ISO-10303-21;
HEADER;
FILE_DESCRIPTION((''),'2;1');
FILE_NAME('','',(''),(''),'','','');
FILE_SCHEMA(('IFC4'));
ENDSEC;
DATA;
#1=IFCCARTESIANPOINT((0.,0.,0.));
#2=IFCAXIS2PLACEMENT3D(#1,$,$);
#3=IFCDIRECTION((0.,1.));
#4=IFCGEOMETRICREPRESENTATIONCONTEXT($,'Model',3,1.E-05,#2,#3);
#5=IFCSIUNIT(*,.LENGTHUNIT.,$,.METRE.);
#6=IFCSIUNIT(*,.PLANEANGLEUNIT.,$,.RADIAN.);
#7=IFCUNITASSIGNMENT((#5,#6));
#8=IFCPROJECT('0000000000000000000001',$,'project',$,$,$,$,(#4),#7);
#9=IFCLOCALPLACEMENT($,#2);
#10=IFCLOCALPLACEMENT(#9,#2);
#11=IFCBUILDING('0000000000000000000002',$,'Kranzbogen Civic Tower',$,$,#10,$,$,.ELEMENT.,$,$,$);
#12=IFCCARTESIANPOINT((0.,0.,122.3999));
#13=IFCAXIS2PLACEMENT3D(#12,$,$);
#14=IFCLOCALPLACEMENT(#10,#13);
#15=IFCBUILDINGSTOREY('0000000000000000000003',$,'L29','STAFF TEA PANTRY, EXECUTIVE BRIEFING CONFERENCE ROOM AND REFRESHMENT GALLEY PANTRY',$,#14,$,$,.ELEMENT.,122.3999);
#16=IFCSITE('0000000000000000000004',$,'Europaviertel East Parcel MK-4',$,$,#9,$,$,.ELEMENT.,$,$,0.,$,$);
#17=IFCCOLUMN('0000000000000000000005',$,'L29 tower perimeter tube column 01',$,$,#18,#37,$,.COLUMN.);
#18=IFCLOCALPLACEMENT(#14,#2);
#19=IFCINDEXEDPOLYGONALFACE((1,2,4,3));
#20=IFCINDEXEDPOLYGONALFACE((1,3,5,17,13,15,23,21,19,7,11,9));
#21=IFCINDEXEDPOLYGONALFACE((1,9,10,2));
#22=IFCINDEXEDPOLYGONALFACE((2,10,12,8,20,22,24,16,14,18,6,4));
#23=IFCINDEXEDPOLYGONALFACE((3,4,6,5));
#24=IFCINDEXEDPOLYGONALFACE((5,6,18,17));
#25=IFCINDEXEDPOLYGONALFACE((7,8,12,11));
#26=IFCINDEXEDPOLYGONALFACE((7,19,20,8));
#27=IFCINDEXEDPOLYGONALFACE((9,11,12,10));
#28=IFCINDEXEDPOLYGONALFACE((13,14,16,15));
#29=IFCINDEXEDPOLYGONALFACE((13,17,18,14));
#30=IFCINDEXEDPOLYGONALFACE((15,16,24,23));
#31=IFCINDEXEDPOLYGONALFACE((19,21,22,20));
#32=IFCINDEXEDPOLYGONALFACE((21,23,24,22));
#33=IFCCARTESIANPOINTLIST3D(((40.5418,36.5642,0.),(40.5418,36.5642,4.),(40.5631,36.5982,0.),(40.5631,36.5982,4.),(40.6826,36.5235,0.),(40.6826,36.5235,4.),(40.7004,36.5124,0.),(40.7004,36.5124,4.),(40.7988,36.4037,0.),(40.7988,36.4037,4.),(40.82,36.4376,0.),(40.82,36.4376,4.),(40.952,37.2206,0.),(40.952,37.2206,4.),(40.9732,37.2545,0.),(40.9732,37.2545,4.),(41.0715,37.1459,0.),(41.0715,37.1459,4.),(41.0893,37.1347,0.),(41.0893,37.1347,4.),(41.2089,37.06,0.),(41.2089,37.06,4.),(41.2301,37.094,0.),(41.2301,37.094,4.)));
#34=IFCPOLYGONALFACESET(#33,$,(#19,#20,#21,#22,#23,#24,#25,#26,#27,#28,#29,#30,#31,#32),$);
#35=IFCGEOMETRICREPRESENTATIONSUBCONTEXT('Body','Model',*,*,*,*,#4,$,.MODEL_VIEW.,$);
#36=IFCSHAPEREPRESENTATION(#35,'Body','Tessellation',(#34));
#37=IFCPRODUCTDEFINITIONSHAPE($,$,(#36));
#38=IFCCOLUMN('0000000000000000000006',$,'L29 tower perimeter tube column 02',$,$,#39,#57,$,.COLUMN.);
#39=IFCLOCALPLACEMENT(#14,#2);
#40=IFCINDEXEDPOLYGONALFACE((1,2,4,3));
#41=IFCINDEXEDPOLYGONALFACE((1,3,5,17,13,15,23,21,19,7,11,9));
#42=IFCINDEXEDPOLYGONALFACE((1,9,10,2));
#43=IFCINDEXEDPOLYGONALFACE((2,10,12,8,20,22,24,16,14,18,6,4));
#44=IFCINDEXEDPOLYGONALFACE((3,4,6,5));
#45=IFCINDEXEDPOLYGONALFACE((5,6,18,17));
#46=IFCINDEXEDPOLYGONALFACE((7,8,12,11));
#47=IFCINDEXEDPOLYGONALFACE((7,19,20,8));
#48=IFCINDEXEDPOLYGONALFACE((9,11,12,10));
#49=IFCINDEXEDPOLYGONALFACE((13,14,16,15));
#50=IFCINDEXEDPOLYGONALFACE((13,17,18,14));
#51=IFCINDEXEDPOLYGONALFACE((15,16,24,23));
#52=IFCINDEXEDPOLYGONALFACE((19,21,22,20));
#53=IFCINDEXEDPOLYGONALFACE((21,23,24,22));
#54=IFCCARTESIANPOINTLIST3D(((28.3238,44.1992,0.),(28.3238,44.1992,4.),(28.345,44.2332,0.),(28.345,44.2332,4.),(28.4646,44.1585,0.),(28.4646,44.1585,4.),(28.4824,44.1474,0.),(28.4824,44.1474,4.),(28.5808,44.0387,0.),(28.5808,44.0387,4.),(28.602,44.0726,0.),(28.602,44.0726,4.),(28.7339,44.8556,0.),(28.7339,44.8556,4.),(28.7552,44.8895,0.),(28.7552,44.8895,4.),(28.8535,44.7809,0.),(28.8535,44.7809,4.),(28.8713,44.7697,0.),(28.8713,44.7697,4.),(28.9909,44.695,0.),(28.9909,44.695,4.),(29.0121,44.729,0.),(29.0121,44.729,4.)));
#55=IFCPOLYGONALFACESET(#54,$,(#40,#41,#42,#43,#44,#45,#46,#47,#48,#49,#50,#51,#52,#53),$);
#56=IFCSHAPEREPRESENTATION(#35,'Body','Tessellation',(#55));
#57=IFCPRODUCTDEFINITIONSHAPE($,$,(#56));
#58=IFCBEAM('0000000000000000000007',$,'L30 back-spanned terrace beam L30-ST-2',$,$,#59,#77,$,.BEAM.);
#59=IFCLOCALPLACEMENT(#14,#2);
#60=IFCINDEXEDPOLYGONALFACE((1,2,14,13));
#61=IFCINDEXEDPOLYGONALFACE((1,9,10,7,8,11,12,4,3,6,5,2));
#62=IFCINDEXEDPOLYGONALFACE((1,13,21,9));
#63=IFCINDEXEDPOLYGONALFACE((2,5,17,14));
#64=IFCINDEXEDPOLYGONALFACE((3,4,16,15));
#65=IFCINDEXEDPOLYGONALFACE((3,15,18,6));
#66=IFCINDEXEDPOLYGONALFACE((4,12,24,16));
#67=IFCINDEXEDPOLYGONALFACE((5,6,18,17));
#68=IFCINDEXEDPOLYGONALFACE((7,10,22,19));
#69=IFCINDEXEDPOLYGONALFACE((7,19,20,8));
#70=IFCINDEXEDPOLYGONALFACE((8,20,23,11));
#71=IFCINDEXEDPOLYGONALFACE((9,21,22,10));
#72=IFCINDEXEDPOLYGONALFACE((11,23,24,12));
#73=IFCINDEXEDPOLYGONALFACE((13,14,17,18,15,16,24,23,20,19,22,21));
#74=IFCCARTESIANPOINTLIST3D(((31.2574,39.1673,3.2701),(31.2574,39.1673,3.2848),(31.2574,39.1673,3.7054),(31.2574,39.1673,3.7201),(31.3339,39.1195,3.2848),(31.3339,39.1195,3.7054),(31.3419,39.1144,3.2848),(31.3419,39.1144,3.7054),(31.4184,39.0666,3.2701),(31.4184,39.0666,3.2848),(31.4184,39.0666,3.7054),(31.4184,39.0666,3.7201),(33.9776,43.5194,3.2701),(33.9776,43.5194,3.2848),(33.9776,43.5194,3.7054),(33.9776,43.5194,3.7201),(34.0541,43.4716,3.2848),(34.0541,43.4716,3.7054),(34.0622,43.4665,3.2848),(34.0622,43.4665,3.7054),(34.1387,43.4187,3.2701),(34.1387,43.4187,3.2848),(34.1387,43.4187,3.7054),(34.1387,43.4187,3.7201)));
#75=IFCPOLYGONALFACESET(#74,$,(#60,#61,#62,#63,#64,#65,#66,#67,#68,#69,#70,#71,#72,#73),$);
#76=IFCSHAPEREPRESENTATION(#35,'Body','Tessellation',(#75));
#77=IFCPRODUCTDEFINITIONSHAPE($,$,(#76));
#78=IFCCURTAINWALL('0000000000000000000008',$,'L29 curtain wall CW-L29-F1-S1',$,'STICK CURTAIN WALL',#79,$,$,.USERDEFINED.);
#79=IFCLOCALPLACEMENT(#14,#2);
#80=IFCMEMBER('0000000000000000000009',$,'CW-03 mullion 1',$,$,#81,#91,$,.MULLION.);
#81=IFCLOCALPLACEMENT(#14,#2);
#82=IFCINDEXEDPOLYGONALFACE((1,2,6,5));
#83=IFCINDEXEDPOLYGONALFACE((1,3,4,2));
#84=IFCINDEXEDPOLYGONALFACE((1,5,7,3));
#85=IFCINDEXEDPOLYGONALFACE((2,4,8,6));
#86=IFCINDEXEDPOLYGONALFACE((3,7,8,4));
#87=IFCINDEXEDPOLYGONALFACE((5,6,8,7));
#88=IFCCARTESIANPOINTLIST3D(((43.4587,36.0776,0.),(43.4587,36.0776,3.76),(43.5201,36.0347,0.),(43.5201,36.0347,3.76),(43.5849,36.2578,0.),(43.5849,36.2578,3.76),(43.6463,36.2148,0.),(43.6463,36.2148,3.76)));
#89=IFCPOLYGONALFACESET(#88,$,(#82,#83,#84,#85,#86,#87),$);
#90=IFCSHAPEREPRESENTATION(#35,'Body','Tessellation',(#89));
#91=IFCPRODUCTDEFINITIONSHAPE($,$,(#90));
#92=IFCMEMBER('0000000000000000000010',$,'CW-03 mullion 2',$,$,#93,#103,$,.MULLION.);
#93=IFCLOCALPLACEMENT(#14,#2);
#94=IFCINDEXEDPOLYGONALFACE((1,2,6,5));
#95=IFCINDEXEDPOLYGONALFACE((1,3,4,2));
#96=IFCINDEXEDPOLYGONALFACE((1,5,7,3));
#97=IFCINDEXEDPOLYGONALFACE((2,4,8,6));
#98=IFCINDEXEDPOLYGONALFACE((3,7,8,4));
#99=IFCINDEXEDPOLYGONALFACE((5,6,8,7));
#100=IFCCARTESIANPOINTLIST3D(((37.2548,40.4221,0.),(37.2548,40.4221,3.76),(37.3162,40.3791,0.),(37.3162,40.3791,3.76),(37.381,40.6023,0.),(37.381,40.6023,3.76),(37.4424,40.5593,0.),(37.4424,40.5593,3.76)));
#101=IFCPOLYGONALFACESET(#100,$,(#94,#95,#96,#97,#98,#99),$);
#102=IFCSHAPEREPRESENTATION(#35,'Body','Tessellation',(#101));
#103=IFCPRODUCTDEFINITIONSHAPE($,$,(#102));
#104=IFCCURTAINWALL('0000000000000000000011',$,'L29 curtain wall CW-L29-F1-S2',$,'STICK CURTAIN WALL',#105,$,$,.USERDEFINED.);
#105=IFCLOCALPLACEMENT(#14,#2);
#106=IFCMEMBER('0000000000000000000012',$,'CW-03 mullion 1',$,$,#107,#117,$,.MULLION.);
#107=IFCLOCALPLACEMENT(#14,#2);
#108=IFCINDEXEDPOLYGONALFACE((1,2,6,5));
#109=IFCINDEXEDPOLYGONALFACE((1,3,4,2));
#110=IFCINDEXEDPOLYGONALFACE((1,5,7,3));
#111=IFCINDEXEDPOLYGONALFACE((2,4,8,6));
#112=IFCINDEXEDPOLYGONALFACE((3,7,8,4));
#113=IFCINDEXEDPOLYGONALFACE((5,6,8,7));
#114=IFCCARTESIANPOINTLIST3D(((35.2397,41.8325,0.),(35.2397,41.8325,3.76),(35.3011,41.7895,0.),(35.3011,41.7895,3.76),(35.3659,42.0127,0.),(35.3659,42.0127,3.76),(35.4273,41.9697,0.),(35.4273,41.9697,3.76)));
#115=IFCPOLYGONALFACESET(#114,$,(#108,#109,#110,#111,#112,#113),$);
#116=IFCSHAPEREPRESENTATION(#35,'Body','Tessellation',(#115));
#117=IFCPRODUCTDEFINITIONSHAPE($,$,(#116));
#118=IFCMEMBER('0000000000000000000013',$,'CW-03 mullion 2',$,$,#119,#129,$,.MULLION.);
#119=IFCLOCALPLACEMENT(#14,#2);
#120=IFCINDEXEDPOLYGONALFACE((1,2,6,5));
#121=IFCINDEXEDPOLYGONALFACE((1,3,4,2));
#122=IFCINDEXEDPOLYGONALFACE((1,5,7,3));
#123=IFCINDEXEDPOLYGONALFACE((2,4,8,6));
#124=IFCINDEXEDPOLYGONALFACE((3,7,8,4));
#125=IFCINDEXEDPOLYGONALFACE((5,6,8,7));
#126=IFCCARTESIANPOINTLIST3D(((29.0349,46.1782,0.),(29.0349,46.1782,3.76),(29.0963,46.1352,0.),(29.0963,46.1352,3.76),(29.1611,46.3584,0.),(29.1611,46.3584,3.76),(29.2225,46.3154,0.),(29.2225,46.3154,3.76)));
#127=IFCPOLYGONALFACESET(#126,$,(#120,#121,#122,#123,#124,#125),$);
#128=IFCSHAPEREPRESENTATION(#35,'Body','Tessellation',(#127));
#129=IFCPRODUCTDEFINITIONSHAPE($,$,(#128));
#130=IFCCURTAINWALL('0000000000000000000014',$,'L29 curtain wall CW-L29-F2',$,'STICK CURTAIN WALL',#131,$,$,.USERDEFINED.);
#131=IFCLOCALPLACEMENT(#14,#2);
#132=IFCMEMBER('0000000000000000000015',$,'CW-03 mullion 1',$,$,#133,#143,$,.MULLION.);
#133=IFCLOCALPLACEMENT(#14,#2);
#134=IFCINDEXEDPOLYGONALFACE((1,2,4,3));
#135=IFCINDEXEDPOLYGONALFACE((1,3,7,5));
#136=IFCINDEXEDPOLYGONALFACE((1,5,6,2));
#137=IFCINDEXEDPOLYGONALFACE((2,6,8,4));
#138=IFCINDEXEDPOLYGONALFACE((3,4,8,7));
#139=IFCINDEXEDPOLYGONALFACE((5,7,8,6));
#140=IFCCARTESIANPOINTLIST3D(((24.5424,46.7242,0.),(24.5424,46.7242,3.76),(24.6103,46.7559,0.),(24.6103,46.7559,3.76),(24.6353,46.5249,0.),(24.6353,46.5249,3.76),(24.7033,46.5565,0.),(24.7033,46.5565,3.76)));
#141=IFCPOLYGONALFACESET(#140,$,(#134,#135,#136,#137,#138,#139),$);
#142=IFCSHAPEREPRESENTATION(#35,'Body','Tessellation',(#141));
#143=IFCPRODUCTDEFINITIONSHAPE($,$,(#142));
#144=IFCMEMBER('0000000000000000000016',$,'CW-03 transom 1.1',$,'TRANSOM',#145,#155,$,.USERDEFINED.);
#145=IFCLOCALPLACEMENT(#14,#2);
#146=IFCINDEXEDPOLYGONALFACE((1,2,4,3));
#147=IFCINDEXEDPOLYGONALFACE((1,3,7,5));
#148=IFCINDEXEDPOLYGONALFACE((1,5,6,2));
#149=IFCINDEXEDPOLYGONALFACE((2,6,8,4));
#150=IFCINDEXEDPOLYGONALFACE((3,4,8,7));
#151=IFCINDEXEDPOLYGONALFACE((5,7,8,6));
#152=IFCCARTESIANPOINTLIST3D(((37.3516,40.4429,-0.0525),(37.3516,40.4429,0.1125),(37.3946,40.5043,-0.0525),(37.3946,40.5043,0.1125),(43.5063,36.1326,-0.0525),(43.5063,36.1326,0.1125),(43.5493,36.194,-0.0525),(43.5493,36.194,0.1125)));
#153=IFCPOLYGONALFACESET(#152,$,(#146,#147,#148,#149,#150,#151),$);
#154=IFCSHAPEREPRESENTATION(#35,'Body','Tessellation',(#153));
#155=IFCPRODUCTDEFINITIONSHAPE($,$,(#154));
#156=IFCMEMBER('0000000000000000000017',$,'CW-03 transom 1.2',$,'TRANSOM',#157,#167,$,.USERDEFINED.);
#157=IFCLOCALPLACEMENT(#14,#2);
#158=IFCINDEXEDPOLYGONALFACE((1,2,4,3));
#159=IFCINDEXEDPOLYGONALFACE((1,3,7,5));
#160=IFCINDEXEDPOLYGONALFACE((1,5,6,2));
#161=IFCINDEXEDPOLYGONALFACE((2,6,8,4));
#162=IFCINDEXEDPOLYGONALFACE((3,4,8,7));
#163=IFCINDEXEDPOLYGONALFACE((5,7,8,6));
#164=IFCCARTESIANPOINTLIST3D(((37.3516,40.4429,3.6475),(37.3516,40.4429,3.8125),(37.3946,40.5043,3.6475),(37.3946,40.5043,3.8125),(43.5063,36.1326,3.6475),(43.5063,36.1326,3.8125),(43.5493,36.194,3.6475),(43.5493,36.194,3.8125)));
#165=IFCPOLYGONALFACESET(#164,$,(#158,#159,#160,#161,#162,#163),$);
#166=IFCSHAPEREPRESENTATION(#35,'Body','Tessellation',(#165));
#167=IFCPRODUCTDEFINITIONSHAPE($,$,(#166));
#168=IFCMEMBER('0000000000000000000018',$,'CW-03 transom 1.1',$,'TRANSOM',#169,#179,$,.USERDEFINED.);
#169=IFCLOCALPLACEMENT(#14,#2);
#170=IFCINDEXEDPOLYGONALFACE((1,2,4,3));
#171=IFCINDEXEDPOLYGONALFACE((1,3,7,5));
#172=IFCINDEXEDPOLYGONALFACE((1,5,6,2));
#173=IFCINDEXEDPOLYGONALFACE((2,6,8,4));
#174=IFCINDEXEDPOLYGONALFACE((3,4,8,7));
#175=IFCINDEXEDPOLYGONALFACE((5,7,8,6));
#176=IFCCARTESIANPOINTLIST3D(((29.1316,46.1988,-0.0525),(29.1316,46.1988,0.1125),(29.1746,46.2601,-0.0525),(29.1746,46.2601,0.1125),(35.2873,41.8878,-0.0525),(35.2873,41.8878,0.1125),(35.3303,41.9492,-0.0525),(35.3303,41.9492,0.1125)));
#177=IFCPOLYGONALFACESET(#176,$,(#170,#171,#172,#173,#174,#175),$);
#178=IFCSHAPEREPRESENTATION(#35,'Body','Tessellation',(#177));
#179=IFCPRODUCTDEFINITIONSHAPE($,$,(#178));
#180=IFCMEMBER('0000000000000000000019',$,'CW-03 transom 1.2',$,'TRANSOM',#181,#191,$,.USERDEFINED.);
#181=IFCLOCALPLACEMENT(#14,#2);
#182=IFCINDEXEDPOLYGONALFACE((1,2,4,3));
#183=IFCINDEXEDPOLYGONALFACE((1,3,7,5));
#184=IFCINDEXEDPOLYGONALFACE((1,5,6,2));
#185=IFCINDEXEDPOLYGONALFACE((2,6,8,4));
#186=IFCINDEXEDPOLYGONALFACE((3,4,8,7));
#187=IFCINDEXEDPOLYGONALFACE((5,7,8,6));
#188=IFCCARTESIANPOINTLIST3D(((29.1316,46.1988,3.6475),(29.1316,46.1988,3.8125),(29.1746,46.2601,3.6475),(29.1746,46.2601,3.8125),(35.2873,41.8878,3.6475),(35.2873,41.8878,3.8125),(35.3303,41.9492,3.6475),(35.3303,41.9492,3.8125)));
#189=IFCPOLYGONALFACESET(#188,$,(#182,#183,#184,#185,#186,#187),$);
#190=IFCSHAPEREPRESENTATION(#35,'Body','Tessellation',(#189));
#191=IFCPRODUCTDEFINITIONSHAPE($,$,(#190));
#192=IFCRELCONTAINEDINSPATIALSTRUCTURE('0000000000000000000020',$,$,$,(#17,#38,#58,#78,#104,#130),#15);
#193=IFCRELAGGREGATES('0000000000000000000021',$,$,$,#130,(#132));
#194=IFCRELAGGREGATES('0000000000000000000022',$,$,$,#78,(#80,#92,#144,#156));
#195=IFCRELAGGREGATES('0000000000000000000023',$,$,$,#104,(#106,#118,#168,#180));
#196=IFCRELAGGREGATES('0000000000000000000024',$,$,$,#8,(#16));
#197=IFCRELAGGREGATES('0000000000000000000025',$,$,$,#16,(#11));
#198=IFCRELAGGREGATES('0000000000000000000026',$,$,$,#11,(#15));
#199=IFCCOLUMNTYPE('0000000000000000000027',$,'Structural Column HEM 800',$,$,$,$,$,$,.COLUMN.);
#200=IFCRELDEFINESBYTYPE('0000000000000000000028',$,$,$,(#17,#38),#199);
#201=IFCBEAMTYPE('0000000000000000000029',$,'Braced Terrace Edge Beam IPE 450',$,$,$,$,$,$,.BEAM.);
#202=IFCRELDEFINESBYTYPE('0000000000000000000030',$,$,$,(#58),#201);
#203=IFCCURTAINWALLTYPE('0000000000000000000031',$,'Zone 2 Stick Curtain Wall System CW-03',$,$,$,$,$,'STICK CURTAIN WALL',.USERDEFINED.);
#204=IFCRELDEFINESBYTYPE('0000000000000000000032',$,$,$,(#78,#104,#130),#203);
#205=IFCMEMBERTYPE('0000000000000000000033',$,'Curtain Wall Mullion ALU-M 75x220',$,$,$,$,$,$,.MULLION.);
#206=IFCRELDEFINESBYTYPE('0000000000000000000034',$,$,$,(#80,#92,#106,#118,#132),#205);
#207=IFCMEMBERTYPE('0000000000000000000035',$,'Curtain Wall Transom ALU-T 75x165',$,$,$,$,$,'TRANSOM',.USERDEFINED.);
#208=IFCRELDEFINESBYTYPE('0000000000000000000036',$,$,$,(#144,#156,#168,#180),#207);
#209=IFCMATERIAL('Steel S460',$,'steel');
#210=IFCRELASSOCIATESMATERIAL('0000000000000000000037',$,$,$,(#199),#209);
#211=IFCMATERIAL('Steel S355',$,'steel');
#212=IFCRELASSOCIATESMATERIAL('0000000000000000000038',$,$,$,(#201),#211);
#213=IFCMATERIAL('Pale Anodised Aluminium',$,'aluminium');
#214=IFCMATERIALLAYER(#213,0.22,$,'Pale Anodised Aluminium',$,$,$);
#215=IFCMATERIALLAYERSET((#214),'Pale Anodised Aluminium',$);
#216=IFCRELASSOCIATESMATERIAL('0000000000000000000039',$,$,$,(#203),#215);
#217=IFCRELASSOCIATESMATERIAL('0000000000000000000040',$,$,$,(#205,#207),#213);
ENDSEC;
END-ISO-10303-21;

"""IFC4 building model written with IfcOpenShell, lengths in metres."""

from ifc_helpers import new_model, si_unit, direction, frame, origin, origin_2d, place, context, subcontext, project, spatial, rectangle, i_section, extrude, material, layer, layer_set, material_profile, profile_set, type_object, element, aggregate, save


model = new_model("IFC4")

# Units and contexts
model_context = context("Model", 3, precision=1e-05, world=origin(), true_north=direction((0.0, 1.0)))
body_context = subcontext(model_context, "Body", "Model", "MODEL_VIEW")
ifc_project = project(units=[si_unit("LENGTHUNIT", "METRE"), si_unit("PLANEANGLEUNIT", "RADIAN")], contexts=[model_context])

# Site, building, storey
site_placement = place(None, origin())
site = spatial("IfcSite", under=ifc_project, at=site_placement, Name="Europaviertel East Parcel MK-4", CompositionType="ELEMENT", RefElevation=0.0)
building_placement = place(site_placement, origin())
building = spatial("IfcBuilding", under=site, at=building_placement, Name="Kranzbogen Civic Tower", CompositionType="ELEMENT")
storey_placement = place(building_placement, frame((0.0, 0.0, 122.3999)))
storey = spatial("IfcBuildingStorey", under=building, at=storey_placement, Name="L29", Description="STAFF TEA PANTRY, EXECUTIVE BRIEFING CONFERENCE ROOM AND REFRESHMENT GALLEY PANTRY", CompositionType="ELEMENT", Elevation=122.3999)

# Columns
ifc_material_1 = material(Name="Steel S460", Category="steel")
ifc_material_profile_1 = material_profile(ifc_material_1, i_section(OverallWidth=0.303, OverallDepth=0.814, WebThickness=0.021, FlangeThickness=0.04, at=origin_2d()), Name="HEM 800")
ifc_profile_set_1 = profile_set([ifc_material_profile_1], Name="Steel S460")
column_type = type_object("IfcColumnType", Name="Structural Column HEM 800", PredefinedType="COLUMN", material=ifc_profile_set_1)
for number, where, z_axis, x_axis, name in (
    (1, (40.886, 36.8291, 0.0), (0.0, 0.0, 1.0), (-0.848048, 0.529919, 0.0), "L29 tower perimeter tube column 01"),
    (2, (28.668, 44.4641, 0.0), (0.0, 0.0, 1.0), (-0.848048, 0.529919, 0.0), "L29 tower perimeter tube column 02"),
):
    element("IfcColumn", number, at=place(storey_placement, frame(where, z_axis=z_axis, x_axis=x_axis)), inside=storey, type_object=column_type, Name=name, PredefinedType="COLUMN", context=body_context, shape_type="SweptSolid", body=[
        extrude(i_section(OverallWidth=0.303, OverallDepth=0.814, WebThickness=0.021, FlangeThickness=0.04, at=origin_2d()), origin(), (0.0, 0.0, 1.0), 4.0),
    ])

# Beam
ifc_material_2 = material(Name="Steel S355", Category="steel")
ifc_material_profile_2 = material_profile(ifc_material_2, i_section(OverallWidth=0.1899, OverallDepth=0.45, WebThickness=0.0095, FlangeThickness=0.0146, at=origin_2d()), Name="IPE 450")
ifc_profile_set_2 = profile_set([ifc_material_profile_2], Name="Steel S355")
beam_type_1 = type_object("IfcBeamType", Name="Braced Terrace Edge Beam IPE 450", PredefinedType="BEAM", material=ifc_profile_set_2)
beam_1_placement = place(storey_placement, frame((31.3379, 39.1169, 3.4951), z_axis=(0.530025, 0.847982, 0.0), x_axis=(-0.847982, 0.530025, 0.0)))
element("IfcBeam", 3, at=beam_1_placement, inside=storey, type_object=beam_type_1, Name="L30 back-spanned terrace beam L30-ST-2", PredefinedType="BEAM", context=body_context, shape_type="SweptSolid", body=[
    extrude(i_section(OverallWidth=0.1899, OverallDepth=0.45, WebThickness=0.0095, FlangeThickness=0.0146, at=origin_2d()), origin(), (0.0, 0.0, 1.0), 5.1323),
])

# Curtain walls, members
ifc_material_3 = material(Name="Pale Anodised Aluminium", Category="aluminium")
ifc_layer_1 = layer(ifc_material_3, 0.22, Name="Pale Anodised Aluminium")
ifc_layer_set_1 = layer_set([ifc_layer_1], Name="Pale Anodised Aluminium")
curtain_wall_type = type_object("IfcCurtainWallType", Name="Zone 2 Stick Curtain Wall System CW-03", ElementType="STICK CURTAIN WALL", PredefinedType="USERDEFINED", material=ifc_layer_set_1)
curtain_wall_1_placement = place(storey_placement, origin())
curtain_wall_1 = element("IfcCurtainWall", 4, at=curtain_wall_1_placement, inside=storey, type_object=curtain_wall_type, Name="L29 curtain wall CW-L29-F1-S1", ObjectType="STICK CURTAIN WALL", PredefinedType="USERDEFINED")
ifc_material_profile_3 = material_profile(ifc_material_3, rectangle(XDim=0.075, YDim=0.22, at=origin_2d()), Name="ALU-M 75x220")
ifc_profile_set_3 = profile_set([ifc_material_profile_3], Name="Pale Anodised Aluminium")
member_type_1 = type_object("IfcMemberType", Name="Curtain Wall Mullion ALU-M 75x220", PredefinedType="MULLION", material=ifc_profile_set_3)
member_1_placement = place(storey_placement, frame((43.5525, 36.1462, 0.0), z_axis=(0.0, 0.0, 1.0), x_axis=(-0.819115, 0.573629, 0.0)))
member_1 = element("IfcMember", 5, at=member_1_placement, type_object=member_type_1, Name="CW-03 mullion 1", PredefinedType="MULLION", context=body_context, shape_type="SweptSolid", body=[
    extrude(rectangle(XDim=0.075, YDim=0.22, at=origin_2d()), origin(), (0.0, 0.0, 1.0), 3.76),
])
member_2_placement = place(storey_placement, frame((37.3486, 40.4907, 0.0), z_axis=(0.0, 0.0, 1.0), x_axis=(-0.819115, 0.573629, 0.0)))
member_2 = element("IfcMember", 6, at=member_2_placement, type_object=member_type_1, Name="CW-03 mullion 2", PredefinedType="MULLION", context=body_context, shape_type="SweptSolid", body=[
    extrude(rectangle(XDim=0.075, YDim=0.22, at=origin_2d()), origin(), (0.0, 0.0, 1.0), 3.76),
])
curtain_wall_2_placement = place(storey_placement, origin())
curtain_wall_2 = element("IfcCurtainWall", 7, at=curtain_wall_2_placement, inside=storey, type_object=curtain_wall_type, Name="L29 curtain wall CW-L29-F1-S2", ObjectType="STICK CURTAIN WALL", PredefinedType="USERDEFINED")
member_3_placement = place(storey_placement, frame((35.3335, 41.9011, 0.0), z_axis=(0.0, 0.0, 1.0), x_axis=(-0.819097, 0.573656, 0.0)))
member_3 = element("IfcMember", 8, at=member_3_placement, type_object=member_type_1, Name="CW-03 mullion 1", PredefinedType="MULLION", context=body_context, shape_type="SweptSolid", body=[
    extrude(rectangle(XDim=0.075, YDim=0.22, at=origin_2d()), origin(), (0.0, 0.0, 1.0), 3.76),
])
member_4_placement = place(storey_placement, frame((29.1287, 46.2468, 0.0), z_axis=(0.0, 0.0, 1.0), x_axis=(-0.819097, 0.573656, 0.0)))
member_4 = element("IfcMember", 9, at=member_4_placement, type_object=member_type_1, Name="CW-03 mullion 2", PredefinedType="MULLION", context=body_context, shape_type="SweptSolid", body=[
    extrude(rectangle(XDim=0.075, YDim=0.22, at=origin_2d()), origin(), (0.0, 0.0, 1.0), 3.76),
])

# Curtain wall, member
curtain_wall_3_placement = place(storey_placement, origin())
curtain_wall_3 = element("IfcCurtainWall", 10, at=curtain_wall_3_placement, inside=storey, type_object=curtain_wall_type, Name="L29 curtain wall CW-L29-F2", ObjectType="STICK CURTAIN WALL", PredefinedType="USERDEFINED")
member_5_placement = place(storey_placement, frame((24.6228, 46.6404, 0.0), z_axis=(0.0, 0.0, 1.0), x_axis=(-0.906297, -0.422641, 0.0)))
member_5 = element("IfcMember", 11, at=member_5_placement, type_object=member_type_1, Name="CW-03 mullion 1", PredefinedType="MULLION", context=body_context, shape_type="SweptSolid", body=[
    extrude(rectangle(XDim=0.075, YDim=0.22, at=origin_2d()), origin(), (0.0, 0.0, 1.0), 3.76),
])

# Members
ifc_material_profile_4 = material_profile(ifc_material_3, rectangle(XDim=0.075, YDim=0.165, at=origin_2d()), Name="ALU-T 75x165")
ifc_profile_set_4 = profile_set([ifc_material_profile_4], Name="Pale Anodised Aluminium")
member_type_2 = type_object("IfcMemberType", Name="Curtain Wall Transom ALU-T 75x165", ElementType="TRANSOM", PredefinedType="USERDEFINED", material=ifc_profile_set_4)
member_6_placement = place(storey_placement, frame((43.5278, 36.1633, 0.03), z_axis=(-0.81911, 0.573637, 0.0), x_axis=(-0.573637, -0.81911, 0.0)))
member_6 = element("IfcMember", 12, at=member_6_placement, type_object=member_type_2, Name="CW-03 transom 1.1", ObjectType="TRANSOM", PredefinedType="USERDEFINED", context=body_context, shape_type="SweptSolid", body=[
    extrude(rectangle(XDim=0.075, YDim=0.165, at=origin_2d()), origin(), (0.0, 0.0, 1.0), 7.5139),
])
member_7_placement = place(storey_placement, frame((43.5278, 36.1633, 3.73), z_axis=(-0.81911, 0.573637, 0.0), x_axis=(-0.573637, -0.81911, 0.0)))
member_7 = element("IfcMember", 13, at=member_7_placement, type_object=member_type_2, Name="CW-03 transom 1.2", ObjectType="TRANSOM", PredefinedType="USERDEFINED", context=body_context, shape_type="SweptSolid", body=[
    extrude(rectangle(XDim=0.075, YDim=0.165, at=origin_2d()), origin(), (0.0, 0.0, 1.0), 7.5139),
])
member_8_placement = place(storey_placement, frame((35.3088, 41.9185, 0.03), z_axis=(-0.819107, 0.573641, 0.0), x_axis=(-0.573641, -0.819107, 0.0)))
member_8 = element("IfcMember", 14, at=member_8_placement, type_object=member_type_2, Name="CW-03 transom 1.1", ObjectType="TRANSOM", PredefinedType="USERDEFINED", context=body_context, shape_type="SweptSolid", body=[
    extrude(rectangle(XDim=0.075, YDim=0.165, at=origin_2d()), origin(), (0.0, 0.0, 1.0), 7.5151),
])
member_9_placement = place(storey_placement, frame((35.3088, 41.9185, 3.73), z_axis=(-0.819107, 0.573641, 0.0), x_axis=(-0.573641, -0.819107, 0.0)))
member_9 = element("IfcMember", 15, at=member_9_placement, type_object=member_type_2, Name="CW-03 transom 1.2", ObjectType="TRANSOM", PredefinedType="USERDEFINED", context=body_context, shape_type="SweptSolid", body=[
    extrude(rectangle(XDim=0.075, YDim=0.165, at=origin_2d()), origin(), (0.0, 0.0, 1.0), 7.5151),
])
aggregate(curtain_wall_3, [member_5])

aggregate(curtain_wall_1, [member_1, member_2, member_6, member_7])
aggregate(curtain_wall_2, [member_3, member_4, member_8, member_9])

save(model, "model.ifc")
